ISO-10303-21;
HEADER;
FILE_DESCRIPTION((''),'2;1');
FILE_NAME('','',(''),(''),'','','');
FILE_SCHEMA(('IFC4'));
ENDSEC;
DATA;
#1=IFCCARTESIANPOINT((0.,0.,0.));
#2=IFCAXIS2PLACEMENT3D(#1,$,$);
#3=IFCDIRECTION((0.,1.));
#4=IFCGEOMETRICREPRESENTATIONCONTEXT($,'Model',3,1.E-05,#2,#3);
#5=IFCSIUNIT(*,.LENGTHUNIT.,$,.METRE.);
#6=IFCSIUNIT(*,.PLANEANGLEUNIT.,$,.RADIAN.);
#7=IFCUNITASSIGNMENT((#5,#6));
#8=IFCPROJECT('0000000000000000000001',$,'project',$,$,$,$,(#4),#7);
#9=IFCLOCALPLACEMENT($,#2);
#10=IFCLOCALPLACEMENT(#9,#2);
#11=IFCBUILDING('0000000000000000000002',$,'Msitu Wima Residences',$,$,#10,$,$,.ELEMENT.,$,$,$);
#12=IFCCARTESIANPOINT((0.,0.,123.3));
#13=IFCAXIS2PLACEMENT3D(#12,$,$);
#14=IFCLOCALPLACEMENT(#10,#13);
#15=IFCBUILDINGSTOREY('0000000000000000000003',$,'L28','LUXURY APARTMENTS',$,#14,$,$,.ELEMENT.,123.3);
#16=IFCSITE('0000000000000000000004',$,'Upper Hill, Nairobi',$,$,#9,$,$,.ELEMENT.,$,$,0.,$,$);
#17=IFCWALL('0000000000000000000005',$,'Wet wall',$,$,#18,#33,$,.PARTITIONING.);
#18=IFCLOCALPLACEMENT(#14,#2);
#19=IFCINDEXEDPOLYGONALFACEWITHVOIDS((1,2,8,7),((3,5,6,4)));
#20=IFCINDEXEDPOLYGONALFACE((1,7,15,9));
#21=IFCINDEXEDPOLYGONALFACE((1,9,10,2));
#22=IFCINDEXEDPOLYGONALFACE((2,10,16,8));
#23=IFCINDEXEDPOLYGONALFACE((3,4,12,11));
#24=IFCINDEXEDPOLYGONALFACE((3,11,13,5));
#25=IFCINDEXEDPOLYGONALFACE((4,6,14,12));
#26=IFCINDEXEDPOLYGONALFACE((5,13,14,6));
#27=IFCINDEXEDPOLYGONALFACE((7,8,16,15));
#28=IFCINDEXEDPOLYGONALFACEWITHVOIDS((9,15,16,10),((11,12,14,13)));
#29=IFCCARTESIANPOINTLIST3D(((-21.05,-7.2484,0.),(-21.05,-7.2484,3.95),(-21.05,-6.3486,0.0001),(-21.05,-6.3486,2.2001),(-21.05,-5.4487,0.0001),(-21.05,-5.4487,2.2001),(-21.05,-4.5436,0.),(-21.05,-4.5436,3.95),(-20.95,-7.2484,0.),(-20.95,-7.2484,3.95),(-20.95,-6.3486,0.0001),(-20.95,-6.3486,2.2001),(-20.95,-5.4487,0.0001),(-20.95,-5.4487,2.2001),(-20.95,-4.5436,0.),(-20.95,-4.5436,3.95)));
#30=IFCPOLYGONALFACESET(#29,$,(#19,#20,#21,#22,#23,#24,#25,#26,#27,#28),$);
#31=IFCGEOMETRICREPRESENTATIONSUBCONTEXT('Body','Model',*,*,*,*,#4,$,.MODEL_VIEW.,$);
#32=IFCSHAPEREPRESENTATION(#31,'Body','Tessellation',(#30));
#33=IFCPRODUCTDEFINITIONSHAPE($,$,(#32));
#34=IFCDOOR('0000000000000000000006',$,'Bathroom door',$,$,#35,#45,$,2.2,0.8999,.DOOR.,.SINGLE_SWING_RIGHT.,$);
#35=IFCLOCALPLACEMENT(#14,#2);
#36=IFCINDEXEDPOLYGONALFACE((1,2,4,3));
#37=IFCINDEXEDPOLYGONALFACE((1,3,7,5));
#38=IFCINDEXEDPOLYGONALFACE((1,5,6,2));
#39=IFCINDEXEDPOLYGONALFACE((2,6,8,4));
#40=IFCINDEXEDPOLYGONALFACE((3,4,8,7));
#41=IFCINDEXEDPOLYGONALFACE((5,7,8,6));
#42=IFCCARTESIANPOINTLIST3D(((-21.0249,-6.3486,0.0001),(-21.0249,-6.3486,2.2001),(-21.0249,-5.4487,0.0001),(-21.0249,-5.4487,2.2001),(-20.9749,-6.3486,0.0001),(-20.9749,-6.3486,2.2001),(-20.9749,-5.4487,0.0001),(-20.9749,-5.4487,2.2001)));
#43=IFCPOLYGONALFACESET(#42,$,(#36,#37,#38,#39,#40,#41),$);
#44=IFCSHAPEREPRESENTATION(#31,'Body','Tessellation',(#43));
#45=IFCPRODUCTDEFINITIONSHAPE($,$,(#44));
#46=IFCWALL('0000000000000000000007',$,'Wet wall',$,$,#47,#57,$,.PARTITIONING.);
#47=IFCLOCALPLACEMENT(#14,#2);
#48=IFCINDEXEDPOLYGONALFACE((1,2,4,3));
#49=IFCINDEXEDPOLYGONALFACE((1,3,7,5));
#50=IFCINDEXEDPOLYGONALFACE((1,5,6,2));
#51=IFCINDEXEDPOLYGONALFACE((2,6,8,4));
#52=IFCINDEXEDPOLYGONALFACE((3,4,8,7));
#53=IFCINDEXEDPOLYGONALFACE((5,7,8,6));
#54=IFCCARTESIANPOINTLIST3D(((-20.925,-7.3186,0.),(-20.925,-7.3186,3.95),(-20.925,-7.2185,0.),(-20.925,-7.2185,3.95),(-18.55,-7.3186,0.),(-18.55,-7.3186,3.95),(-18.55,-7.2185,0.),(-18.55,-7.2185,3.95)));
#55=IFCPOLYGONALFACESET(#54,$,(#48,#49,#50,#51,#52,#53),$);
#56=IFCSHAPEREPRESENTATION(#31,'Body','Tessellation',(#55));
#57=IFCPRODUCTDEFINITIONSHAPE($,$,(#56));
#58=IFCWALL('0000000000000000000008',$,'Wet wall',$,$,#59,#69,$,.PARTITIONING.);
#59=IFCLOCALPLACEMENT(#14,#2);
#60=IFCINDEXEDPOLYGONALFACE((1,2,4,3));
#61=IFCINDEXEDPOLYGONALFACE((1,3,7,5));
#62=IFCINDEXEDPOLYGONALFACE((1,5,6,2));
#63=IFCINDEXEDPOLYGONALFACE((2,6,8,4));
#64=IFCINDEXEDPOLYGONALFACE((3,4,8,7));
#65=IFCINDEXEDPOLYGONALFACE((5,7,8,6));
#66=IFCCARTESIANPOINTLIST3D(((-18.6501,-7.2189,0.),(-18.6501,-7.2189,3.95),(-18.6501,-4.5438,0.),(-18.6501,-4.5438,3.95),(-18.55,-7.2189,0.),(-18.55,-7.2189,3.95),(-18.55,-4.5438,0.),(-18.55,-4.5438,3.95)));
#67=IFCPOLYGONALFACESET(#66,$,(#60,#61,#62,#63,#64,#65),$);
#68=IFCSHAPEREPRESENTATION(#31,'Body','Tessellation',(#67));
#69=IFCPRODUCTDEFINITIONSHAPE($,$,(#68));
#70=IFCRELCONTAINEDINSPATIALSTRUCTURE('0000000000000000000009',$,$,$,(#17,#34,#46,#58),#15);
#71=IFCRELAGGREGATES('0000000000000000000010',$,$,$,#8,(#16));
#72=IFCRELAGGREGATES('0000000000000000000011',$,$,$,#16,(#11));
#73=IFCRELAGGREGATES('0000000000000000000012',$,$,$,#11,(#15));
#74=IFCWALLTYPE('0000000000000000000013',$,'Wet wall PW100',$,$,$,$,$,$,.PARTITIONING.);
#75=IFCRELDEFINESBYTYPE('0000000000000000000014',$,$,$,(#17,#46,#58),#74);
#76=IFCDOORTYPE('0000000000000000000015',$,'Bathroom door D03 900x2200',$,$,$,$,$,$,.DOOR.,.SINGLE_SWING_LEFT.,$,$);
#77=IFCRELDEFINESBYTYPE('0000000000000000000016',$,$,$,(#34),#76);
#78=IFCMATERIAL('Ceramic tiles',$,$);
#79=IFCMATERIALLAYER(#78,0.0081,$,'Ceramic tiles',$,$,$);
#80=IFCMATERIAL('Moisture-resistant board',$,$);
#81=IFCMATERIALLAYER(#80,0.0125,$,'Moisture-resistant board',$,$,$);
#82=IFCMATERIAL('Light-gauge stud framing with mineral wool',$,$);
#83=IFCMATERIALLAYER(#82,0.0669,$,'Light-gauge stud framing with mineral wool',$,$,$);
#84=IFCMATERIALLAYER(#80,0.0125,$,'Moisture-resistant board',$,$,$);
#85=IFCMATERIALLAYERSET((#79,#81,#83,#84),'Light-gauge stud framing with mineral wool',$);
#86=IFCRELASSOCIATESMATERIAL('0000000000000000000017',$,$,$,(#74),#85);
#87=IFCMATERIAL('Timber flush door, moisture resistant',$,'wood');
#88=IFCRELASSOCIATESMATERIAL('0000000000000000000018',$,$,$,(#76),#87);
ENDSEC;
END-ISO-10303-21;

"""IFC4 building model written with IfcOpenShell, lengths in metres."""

from ifc_helpers import new_model, si_unit, direction, frame, frame_2d, origin, place, context, subcontext, project, spatial, rectangle, extrude, material, layer, layer_set, type_object, element, fill, save


model = new_model("IFC4")

# Units and contexts
model_context = context("Model", 3, precision=1e-05, world=origin(), true_north=direction((0.0, 1.0)))
body_context = subcontext(model_context, "Body", "Model", "MODEL_VIEW")
ifc_project = project(units=[si_unit("LENGTHUNIT", "METRE"), si_unit("PLANEANGLEUNIT", "RADIAN")], contexts=[model_context])

# Site, building, storey
site_placement = place(None, origin())
site = spatial("IfcSite", under=ifc_project, at=site_placement, Name="Upper Hill, Nairobi", CompositionType="ELEMENT", RefElevation=0.0)
building_placement = place(site_placement, origin())
building = spatial("IfcBuilding", under=site, at=building_placement, Name="Msitu Wima Residences", CompositionType="ELEMENT")
storey_placement = place(building_placement, frame((0.0, 0.0, 123.3)))
storey = spatial("IfcBuildingStorey", under=building, at=storey_placement, Name="L28", Description="LUXURY APARTMENTS", CompositionType="ELEMENT", Elevation=123.3)

# Shared definitions
ifc_material_1 = material(Name="Ceramic tiles")
ifc_layer_1 = layer(ifc_material_1, 0.0081, Name="Ceramic tiles")
ifc_material_2 = material(Name="Moisture-resistant board")
ifc_layer_2 = layer(ifc_material_2, 0.0125, Name="Moisture-resistant board")
ifc_material_3 = material(Name="Light-gauge stud framing with mineral wool")
ifc_layer_3 = layer(ifc_material_3, 0.0669, Name="Light-gauge stud framing with mineral wool")
ifc_layer_4 = layer(ifc_material_2, 0.0125, Name="Moisture-resistant board")
ifc_layer_set_1 = layer_set([ifc_layer_1, ifc_layer_2, ifc_layer_3, ifc_layer_4], Name="Light-gauge stud framing with mineral wool")
wall_type_1 = type_object("IfcWallType", Name="Wet wall PW100", PredefinedType="PARTITIONING", material=ifc_layer_set_1)

# Wall, opening, door
wall_1_placement = place(storey_placement, frame((-21.0, -7.2485, 0.0), z_axis=(0.0, 0.0, 1.0), x_axis=(0.0, 1.0, 0.0)))
wall_1 = element("IfcWall", 1, at=wall_1_placement, inside=storey, type_object=wall_type_1, Name="Wet wall", PredefinedType="PARTITIONING", context=body_context, shape_type="SweptSolid", body=[
    extrude(rectangle(XDim=2.7048, YDim=0.1001, at=frame_2d((1.3525, 0.0))), origin(), (0.0, 0.0, 1.0), 3.95),
])
opening_1_placement = place(wall_1_placement, frame((0.8999, 0.0, 0.0)))
opening_1 = element("IfcOpeningElement", 2, at=opening_1_placement, cuts=wall_1, PredefinedType="OPENING", context=body_context, shape_type="SweptSolid", body=[
    extrude(rectangle(XDim=0.8999, YDim=2.2, at=frame_2d((0.45, 1.1001))), frame((0.0, 0.0601, 0.0), z_axis=(0.0, -1.0, 0.0), x_axis=(1.0, 0.0, 0.0)), (0.0, 0.0, 1.0), 0.1201),
])
ifc_material_4 = material(Name="Timber flush door, moisture resistant", Category="wood")
door_type_1 = type_object("IfcDoorType", Name="Bathroom door D03 900x2200", OperationType="SINGLE_SWING_LEFT", PredefinedType="DOOR", material=ifc_material_4)
door_1_placement = place(opening_1_placement, origin())
door_1 = element("IfcDoor", 3, at=door_1_placement, inside=storey, type_object=door_type_1, Name="Bathroom door", OperationType="SINGLE_SWING_RIGHT", OverallHeight=2.2, OverallWidth=0.8999, PredefinedType="DOOR", context=body_context, shape_type="SweptSolid", body=[
    extrude(rectangle(XDim=0.8999, YDim=2.2, at=frame_2d((0.45, 1.1001))), frame((0.0, 0.0249, 0.0), z_axis=(0.0, -1.0, 0.0), x_axis=(1.0, 0.0, 0.0)), (0.0, 0.0, 1.0), 0.05),
])
fill(opening_1, door_1)

# Walls
wall_2_placement = place(storey_placement, frame((-20.925, -7.2686, 0.0), z_axis=(0.0, 0.0, 1.0), x_axis=(1.0, 0.0, 0.0)))
element("IfcWall", 4, at=wall_2_placement, inside=storey, type_object=wall_type_1, Name="Wet wall", PredefinedType="PARTITIONING", context=body_context, shape_type="SweptSolid", body=[
    extrude(rectangle(XDim=2.375, YDim=0.1001, at=frame_2d((1.1875, 0.0))), origin(), (0.0, 0.0, 1.0), 3.95),
])
wall_3_placement = place(storey_placement, frame((-18.6001, -7.2188, 0.0), z_axis=(0.0, 0.0, 1.0), x_axis=(0.0, 1.0, 0.0)))
element("IfcWall", 5, at=wall_3_placement, inside=storey, type_object=wall_type_1, Name="Wet wall", PredefinedType="PARTITIONING", context=body_context, shape_type="SweptSolid", body=[
    extrude(rectangle(XDim=2.675, YDim=0.1001, at=frame_2d((1.3374, 0.0))), origin(), (0.0, 0.0, 1.0), 3.95),
])

save(model, "model.ifc")
